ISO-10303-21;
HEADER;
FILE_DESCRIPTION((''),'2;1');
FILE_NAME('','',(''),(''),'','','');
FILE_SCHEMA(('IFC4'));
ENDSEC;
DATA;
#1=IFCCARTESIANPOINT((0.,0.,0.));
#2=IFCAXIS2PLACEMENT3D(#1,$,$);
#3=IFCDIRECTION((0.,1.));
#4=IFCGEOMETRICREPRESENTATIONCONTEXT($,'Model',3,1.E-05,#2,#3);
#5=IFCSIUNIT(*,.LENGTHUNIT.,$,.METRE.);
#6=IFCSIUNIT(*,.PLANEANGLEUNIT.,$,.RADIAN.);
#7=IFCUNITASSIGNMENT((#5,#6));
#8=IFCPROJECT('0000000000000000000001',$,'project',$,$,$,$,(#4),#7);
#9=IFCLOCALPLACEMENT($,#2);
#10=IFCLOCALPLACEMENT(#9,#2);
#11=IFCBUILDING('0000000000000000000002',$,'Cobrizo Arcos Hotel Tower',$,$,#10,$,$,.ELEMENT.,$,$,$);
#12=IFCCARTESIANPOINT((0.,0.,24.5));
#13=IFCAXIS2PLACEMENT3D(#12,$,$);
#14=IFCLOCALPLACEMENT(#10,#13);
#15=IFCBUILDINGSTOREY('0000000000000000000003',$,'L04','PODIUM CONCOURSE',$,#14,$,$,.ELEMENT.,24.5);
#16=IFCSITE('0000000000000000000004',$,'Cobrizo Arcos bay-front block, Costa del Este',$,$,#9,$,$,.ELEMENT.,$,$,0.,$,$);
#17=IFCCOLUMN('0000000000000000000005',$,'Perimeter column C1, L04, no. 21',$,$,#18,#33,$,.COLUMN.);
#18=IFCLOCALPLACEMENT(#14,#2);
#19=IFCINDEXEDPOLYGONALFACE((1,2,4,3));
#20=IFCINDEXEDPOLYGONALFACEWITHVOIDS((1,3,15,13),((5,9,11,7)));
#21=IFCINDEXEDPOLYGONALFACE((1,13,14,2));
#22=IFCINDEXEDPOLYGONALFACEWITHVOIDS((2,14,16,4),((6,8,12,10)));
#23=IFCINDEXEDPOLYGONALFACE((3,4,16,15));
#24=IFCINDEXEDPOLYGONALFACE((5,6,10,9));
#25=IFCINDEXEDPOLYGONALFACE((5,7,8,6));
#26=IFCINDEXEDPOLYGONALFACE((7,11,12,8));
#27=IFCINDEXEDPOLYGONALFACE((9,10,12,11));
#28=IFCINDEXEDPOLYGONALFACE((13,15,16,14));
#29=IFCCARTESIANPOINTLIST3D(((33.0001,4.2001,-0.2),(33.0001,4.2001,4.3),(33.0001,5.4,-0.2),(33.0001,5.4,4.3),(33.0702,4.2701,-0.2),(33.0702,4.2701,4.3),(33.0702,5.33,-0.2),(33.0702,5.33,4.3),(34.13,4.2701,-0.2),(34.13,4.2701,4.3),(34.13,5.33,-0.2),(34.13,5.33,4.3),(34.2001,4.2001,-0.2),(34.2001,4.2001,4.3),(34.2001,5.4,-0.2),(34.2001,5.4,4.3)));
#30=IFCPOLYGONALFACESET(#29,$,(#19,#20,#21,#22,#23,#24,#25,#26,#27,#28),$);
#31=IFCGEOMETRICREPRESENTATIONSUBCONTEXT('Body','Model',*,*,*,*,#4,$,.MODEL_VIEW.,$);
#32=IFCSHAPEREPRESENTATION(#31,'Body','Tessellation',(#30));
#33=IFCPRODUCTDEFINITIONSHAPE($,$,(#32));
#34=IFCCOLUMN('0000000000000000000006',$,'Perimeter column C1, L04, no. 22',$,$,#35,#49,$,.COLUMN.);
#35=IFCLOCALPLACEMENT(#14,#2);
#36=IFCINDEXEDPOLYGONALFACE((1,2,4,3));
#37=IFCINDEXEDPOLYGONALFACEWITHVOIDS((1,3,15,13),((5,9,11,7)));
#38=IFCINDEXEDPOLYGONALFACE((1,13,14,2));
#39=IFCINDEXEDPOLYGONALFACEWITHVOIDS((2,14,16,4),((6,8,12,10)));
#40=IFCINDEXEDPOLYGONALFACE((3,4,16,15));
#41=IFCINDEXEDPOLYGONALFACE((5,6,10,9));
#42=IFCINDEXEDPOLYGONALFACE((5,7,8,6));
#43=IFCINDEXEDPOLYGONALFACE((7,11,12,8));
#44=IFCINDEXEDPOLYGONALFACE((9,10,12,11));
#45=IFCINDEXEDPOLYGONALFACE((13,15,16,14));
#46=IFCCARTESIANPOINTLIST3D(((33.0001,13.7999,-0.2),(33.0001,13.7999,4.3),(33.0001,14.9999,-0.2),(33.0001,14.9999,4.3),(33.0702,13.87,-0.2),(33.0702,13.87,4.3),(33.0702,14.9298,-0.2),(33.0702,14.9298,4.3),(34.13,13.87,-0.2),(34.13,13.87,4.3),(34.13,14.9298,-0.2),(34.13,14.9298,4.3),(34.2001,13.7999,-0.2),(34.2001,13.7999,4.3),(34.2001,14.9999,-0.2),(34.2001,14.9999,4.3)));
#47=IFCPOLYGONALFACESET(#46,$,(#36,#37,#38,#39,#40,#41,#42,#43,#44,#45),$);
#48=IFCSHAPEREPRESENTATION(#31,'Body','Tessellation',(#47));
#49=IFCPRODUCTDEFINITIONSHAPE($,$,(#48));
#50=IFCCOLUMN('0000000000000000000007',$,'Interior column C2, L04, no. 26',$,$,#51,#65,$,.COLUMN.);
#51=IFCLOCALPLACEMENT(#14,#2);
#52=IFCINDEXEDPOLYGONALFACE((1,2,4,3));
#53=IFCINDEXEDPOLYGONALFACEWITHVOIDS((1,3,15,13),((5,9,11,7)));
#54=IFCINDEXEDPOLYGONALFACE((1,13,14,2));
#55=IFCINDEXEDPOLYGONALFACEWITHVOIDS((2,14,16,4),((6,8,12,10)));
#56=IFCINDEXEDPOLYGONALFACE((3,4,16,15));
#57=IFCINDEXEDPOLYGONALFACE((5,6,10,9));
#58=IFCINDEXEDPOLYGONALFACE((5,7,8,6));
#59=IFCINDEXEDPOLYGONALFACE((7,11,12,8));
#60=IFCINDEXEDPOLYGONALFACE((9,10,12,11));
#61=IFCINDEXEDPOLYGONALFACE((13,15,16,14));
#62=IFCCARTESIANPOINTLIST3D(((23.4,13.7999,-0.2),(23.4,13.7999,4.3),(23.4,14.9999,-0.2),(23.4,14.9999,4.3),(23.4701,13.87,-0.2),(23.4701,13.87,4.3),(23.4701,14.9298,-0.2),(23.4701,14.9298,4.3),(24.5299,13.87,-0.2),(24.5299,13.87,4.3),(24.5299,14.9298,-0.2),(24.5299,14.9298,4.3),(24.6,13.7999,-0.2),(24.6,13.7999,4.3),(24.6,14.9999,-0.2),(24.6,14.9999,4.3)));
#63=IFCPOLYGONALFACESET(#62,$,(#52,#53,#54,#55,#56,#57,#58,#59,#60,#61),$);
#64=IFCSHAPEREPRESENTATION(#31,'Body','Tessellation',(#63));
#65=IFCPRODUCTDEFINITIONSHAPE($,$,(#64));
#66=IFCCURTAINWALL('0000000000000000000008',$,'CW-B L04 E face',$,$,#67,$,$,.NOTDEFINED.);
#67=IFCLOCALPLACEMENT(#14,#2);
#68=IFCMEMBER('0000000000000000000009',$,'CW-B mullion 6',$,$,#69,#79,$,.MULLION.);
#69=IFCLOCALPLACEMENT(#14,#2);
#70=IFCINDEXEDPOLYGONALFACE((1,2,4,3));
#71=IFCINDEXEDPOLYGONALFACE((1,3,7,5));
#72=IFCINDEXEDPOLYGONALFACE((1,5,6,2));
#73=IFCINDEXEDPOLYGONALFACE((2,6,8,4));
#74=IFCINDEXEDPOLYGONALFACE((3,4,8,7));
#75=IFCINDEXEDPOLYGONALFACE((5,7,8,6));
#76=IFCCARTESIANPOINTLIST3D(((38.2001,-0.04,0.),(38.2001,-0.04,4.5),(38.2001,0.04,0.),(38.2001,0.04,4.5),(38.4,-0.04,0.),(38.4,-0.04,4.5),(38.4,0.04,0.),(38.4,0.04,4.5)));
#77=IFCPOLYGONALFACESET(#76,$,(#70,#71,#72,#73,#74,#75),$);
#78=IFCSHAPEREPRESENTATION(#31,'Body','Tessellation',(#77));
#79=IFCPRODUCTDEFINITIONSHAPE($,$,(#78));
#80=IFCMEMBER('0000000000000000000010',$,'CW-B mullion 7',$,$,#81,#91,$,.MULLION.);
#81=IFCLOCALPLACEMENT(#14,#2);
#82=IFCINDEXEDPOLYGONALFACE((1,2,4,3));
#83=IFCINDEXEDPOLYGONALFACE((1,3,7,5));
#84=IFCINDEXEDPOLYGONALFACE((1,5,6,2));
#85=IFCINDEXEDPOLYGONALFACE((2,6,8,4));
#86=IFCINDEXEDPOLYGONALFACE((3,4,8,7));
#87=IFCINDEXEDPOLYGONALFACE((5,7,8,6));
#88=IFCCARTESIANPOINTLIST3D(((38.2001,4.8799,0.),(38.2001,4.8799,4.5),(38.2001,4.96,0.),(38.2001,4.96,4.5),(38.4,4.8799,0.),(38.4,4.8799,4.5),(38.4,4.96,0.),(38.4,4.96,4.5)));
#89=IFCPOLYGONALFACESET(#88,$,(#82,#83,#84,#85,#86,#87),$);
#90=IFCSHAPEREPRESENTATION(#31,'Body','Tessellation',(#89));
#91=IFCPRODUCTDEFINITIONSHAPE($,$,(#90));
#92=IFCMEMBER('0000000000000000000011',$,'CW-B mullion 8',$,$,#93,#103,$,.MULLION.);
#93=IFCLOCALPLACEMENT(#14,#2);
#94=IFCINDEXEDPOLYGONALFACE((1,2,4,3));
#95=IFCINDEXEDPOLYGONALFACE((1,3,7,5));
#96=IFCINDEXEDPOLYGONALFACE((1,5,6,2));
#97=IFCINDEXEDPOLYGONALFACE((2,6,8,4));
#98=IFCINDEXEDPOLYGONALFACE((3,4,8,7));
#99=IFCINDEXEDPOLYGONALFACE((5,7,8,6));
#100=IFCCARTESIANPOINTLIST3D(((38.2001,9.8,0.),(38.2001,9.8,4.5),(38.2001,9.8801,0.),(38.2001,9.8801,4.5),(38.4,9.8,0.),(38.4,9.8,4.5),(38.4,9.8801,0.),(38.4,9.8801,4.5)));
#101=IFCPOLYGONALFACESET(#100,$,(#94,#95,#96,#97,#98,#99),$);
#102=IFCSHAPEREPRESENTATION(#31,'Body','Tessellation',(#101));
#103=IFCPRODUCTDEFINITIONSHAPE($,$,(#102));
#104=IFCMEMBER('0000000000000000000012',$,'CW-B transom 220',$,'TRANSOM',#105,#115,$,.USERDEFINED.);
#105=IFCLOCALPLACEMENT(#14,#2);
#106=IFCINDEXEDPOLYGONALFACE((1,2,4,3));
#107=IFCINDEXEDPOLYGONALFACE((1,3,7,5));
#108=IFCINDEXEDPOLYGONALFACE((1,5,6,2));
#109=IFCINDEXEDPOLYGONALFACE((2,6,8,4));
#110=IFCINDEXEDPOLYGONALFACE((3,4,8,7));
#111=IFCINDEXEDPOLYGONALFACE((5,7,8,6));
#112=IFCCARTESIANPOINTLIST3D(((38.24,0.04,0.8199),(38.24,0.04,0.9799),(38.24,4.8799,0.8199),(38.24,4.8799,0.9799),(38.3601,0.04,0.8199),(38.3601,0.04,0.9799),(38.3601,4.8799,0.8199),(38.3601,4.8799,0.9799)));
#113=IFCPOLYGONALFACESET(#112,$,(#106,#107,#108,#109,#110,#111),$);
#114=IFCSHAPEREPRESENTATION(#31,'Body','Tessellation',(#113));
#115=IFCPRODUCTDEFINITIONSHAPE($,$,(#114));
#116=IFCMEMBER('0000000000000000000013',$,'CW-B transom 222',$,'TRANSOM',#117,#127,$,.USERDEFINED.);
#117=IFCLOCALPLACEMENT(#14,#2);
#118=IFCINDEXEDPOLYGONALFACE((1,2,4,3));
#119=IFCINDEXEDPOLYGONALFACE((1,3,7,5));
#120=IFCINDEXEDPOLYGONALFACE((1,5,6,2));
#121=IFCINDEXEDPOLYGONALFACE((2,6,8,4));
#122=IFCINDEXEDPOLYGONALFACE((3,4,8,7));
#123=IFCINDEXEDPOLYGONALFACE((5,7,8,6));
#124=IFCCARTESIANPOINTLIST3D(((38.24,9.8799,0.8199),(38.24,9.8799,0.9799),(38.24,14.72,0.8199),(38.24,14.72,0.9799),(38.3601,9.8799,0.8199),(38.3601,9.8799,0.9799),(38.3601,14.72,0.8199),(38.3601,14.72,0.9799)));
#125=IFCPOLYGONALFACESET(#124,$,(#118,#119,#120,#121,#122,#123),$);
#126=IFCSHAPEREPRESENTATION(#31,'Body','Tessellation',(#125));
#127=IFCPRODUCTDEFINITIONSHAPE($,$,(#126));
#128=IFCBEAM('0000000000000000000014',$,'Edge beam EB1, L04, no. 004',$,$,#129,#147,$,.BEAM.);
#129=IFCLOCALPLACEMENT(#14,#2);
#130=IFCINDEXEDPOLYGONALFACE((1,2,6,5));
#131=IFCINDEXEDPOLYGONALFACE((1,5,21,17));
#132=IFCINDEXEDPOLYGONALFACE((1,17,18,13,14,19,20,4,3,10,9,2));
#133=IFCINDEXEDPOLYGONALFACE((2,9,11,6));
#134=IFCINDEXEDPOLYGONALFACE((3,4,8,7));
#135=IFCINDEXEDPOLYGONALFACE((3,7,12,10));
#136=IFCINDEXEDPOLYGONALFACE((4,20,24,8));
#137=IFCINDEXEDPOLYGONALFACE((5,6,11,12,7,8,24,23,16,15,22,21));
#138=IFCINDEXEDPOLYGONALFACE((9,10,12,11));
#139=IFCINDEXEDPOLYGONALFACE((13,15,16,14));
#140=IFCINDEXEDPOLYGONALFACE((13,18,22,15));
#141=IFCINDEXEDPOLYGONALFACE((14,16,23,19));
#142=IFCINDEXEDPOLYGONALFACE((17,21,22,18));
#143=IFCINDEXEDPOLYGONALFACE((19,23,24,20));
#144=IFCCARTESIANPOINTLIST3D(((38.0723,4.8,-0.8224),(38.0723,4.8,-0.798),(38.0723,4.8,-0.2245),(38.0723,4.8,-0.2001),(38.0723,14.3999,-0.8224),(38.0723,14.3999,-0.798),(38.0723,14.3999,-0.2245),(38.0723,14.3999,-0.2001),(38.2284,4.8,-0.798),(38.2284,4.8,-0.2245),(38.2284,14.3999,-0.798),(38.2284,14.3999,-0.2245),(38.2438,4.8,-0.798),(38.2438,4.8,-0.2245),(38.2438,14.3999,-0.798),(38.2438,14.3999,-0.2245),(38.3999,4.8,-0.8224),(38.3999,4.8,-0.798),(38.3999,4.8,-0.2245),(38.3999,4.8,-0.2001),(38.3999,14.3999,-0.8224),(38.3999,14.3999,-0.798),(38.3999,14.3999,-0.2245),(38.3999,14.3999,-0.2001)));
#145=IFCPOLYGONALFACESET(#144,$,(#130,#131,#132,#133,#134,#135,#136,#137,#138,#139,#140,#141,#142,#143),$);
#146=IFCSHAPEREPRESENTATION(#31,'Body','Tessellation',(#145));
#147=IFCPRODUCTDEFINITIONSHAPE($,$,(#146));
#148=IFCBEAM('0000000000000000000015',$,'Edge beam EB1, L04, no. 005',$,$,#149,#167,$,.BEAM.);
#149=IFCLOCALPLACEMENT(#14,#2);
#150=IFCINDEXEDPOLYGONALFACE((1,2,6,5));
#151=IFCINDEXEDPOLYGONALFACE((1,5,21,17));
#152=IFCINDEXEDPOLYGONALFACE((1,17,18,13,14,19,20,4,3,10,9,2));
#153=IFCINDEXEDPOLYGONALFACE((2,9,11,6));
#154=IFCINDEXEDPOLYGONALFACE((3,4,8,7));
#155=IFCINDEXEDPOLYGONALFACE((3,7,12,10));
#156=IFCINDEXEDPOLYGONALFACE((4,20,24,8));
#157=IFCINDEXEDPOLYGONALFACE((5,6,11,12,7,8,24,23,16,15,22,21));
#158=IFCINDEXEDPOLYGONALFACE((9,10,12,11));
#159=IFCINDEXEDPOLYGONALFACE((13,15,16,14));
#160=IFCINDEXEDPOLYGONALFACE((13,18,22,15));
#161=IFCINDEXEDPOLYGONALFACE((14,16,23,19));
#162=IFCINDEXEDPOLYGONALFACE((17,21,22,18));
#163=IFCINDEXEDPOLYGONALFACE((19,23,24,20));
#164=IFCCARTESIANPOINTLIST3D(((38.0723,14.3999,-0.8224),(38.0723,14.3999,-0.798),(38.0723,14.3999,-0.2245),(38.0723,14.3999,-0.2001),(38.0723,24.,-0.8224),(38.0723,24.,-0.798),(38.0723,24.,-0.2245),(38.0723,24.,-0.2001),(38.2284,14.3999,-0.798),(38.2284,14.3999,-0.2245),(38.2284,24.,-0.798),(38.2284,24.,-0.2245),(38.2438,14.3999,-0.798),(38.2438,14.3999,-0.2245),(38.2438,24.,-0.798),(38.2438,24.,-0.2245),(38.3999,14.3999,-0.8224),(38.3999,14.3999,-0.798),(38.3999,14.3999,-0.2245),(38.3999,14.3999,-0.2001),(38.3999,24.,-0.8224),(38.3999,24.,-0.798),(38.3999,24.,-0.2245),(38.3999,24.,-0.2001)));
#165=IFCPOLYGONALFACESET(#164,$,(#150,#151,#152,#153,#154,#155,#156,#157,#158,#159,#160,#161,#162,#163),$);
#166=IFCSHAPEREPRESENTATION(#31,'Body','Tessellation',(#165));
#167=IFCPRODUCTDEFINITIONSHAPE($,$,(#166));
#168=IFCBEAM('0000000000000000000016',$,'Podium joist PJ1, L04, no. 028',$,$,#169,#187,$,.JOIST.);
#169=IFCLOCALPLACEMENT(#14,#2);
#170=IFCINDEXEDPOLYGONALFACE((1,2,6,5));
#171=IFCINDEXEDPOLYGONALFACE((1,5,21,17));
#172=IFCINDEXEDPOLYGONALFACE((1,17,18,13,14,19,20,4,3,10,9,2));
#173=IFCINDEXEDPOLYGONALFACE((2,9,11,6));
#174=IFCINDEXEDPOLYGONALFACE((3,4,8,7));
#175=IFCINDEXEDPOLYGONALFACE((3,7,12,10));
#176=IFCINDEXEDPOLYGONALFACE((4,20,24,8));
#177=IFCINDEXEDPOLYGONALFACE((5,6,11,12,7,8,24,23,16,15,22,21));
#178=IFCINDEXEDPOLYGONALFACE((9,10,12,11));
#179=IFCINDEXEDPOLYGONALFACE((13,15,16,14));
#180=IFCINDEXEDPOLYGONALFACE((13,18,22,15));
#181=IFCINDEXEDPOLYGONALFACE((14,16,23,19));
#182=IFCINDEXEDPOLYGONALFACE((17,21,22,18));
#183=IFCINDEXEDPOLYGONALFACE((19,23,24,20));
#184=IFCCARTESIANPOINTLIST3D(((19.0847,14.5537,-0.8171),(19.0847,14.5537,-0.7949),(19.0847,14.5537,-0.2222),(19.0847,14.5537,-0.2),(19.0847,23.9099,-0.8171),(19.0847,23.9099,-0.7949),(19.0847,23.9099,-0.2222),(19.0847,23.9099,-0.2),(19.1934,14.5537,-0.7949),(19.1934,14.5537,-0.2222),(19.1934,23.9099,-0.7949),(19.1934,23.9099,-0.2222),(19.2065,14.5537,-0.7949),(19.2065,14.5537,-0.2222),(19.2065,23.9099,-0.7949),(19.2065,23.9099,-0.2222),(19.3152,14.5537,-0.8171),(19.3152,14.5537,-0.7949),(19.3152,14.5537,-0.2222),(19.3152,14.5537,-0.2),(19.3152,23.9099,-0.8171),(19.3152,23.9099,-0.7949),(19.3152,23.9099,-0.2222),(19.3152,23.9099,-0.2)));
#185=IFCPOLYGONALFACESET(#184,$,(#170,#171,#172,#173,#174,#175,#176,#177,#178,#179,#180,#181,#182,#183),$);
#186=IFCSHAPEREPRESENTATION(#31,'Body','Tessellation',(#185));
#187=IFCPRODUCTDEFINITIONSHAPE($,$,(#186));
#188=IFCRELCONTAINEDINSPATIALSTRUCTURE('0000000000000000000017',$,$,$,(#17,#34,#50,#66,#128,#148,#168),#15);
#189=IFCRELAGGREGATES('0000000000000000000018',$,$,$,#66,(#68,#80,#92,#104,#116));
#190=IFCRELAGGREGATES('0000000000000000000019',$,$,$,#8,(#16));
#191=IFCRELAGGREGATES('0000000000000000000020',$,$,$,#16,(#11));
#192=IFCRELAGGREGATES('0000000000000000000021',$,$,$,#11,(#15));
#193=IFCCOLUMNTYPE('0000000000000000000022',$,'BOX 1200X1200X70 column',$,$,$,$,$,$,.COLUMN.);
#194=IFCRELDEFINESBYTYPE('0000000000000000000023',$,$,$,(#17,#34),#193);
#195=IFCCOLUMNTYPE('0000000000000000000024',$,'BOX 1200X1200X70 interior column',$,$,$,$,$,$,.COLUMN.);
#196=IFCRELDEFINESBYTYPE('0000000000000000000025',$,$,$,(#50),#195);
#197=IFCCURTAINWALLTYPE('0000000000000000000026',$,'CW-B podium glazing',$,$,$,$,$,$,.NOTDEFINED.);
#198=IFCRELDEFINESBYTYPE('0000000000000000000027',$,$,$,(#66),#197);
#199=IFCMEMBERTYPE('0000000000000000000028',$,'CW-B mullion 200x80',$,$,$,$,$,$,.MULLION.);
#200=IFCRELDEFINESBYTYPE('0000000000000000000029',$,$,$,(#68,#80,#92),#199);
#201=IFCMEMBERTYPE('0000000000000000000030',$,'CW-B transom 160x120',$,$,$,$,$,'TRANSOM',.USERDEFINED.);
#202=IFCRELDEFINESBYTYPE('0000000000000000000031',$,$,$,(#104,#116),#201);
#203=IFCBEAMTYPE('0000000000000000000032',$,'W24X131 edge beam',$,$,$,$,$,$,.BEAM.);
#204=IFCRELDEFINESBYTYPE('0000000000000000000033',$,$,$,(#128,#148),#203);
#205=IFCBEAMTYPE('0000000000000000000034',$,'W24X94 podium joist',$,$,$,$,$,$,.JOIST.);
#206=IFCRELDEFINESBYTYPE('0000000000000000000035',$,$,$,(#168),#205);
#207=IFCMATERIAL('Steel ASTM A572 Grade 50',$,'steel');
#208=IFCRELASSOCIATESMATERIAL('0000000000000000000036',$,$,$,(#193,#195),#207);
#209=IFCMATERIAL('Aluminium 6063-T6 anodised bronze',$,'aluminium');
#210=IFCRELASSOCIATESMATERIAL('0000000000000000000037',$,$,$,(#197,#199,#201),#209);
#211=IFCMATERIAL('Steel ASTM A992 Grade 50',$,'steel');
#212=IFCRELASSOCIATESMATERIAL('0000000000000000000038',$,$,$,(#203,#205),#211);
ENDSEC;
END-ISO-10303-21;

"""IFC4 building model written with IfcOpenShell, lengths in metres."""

from ifc_helpers import new_model, si_unit, direction, frame, origin, origin_2d, place, context, subcontext, project, spatial, rectangle, hollow_rectangle, i_section, extrude, material, material_profile, profile_set, type_object, element, aggregate, save


model = new_model("IFC4")

# Units and contexts
model_context = context("Model", 3, precision=1e-05, world=origin(), true_north=direction((0.0, 1.0)))
body_context = subcontext(model_context, "Body", "Model", "MODEL_VIEW")
ifc_project = project(units=[si_unit("LENGTHUNIT", "METRE"), si_unit("PLANEANGLEUNIT", "RADIAN")], contexts=[model_context])

# Site, building, storey
site_placement = place(None, origin())
site = spatial("IfcSite", under=ifc_project, at=site_placement, Name="Cobrizo Arcos bay-front block, Costa del Este", CompositionType="ELEMENT", RefElevation=0.0)
building_placement = place(site_placement, origin())
building = spatial("IfcBuilding", under=site, at=building_placement, Name="Cobrizo Arcos Hotel Tower", CompositionType="ELEMENT")
storey_placement = place(building_placement, frame((0.0, 0.0, 24.5)))
storey = spatial("IfcBuildingStorey", under=building, at=storey_placement, Name="L04", Description="PODIUM CONCOURSE", CompositionType="ELEMENT", Elevation=24.5)

# Columns
ifc_material_1 = material(Name="Steel ASTM A572 Grade 50", Category="steel")
ifc_material_profile_1 = material_profile(ifc_material_1, hollow_rectangle(XDim=1.2, YDim=1.2, WallThickness=0.0701, at=origin_2d()), Name="BOX 1200X1200X70")
ifc_profile_set_1 = profile_set([ifc_material_profile_1], Name="Steel ASTM A572 Grade 50")
column_type_1 = type_object("IfcColumnType", Name="BOX 1200X1200X70 column", PredefinedType="COLUMN", material=ifc_profile_set_1)
for number, where, z_axis, x_axis, name in (
    (1, (33.6001, 4.8, -0.2), (0.0, 0.0, 1.0), (1.0, 0.0, 0.0), "Perimeter column C1, L04, no. 21"),
    (2, (33.6001, 14.3999, -0.2), (0.0, 0.0, 1.0), (1.0, 0.0, 0.0), "Perimeter column C1, L04, no. 22"),
):
    element("IfcColumn", number, at=place(storey_placement, frame(where, z_axis=z_axis, x_axis=x_axis)), inside=storey, type_object=column_type_1, Name=name, PredefinedType="COLUMN", context=body_context, shape_type="SweptSolid", body=[
        extrude(hollow_rectangle(XDim=1.2, YDim=1.2, WallThickness=0.0701, at=origin_2d()), origin(), (0.0, 0.0, 1.0), 4.5),
    ])
ifc_material_profile_2 = material_profile(ifc_material_1, hollow_rectangle(XDim=1.2, YDim=1.2, WallThickness=0.0701, at=origin_2d()), Name="BOX 1200X1200X70")
ifc_profile_set_2 = profile_set([ifc_material_profile_2], Name="Steel ASTM A572 Grade 50")
column_type_2 = type_object("IfcColumnType", Name="BOX 1200X1200X70 interior column", PredefinedType="COLUMN", material=ifc_profile_set_2)
column_placement = place(storey_placement, frame((24.0, 14.3999, -0.2), z_axis=(0.0, 0.0, 1.0), x_axis=(1.0, 0.0, 0.0)))
element("IfcColumn", 3, at=column_placement, inside=storey, type_object=column_type_2, Name="Interior column C2, L04, no. 26", PredefinedType="COLUMN", context=body_context, shape_type="SweptSolid", body=[
    extrude(hollow_rectangle(XDim=1.2, YDim=1.2, WallThickness=0.0701, at=origin_2d()), origin(), (0.0, 0.0, 1.0), 4.5),
])

# Curtain wall, members
ifc_material_2 = material(Name="Aluminium 6063-T6 anodised bronze", Category="aluminium")
curtain_wall_type = type_object("IfcCurtainWallType", Name="CW-B podium glazing", PredefinedType="NOTDEFINED", material=ifc_material_2)
curtain_wall_placement = place(storey_placement, origin())
curtain_wall = element("IfcCurtainWall", 4, at=curtain_wall_placement, inside=storey, type_object=curtain_wall_type, Name="CW-B L04 E face", PredefinedType="NOTDEFINED")
ifc_material_profile_3 = material_profile(ifc_material_2, rectangle(XDim=0.2, YDim=0.0801, at=origin_2d()), Name="CW-B mullion 200x80")
ifc_profile_set_3 = profile_set([ifc_material_profile_3], Name="Aluminium 6063-T6 anodised bronze")
member_type_1 = type_object("IfcMemberType", Name="CW-B mullion 200x80", PredefinedType="MULLION", material=ifc_profile_set_3)
member_1_placement = place(storey_placement, frame((38.3, 0.0, 0.0), z_axis=(0.0, 0.0, 1.0), x_axis=(1.0, 0.0, 0.0)))
member_1 = element("IfcMember", 5, at=member_1_placement, type_object=member_type_1, Name="CW-B mullion 6", PredefinedType="MULLION", context=body_context, shape_type="SweptSolid", body=[
    extrude(rectangle(XDim=0.2, YDim=0.0801, at=origin_2d()), origin(), (0.0, 0.0, 1.0), 4.5),
])
member_2_placement = place(storey_placement, frame((38.3, 4.9199, 0.0), z_axis=(0.0, 0.0, 1.0), x_axis=(1.0, 0.0, 0.0)))
member_2 = element("IfcMember", 6, at=member_2_placement, type_object=member_type_1, Name="CW-B mullion 7", PredefinedType="MULLION", context=body_context, shape_type="SweptSolid", body=[
    extrude(rectangle(XDim=0.2, YDim=0.0801, at=origin_2d()), origin(), (0.0, 0.0, 1.0), 4.5),
])
member_3_placement = place(storey_placement, frame((38.3, 9.8401, 0.0), z_axis=(0.0, 0.0, 1.0), x_axis=(1.0, 0.0, 0.0)))
member_3 = element("IfcMember", 7, at=member_3_placement, type_object=member_type_1, Name="CW-B mullion 8", PredefinedType="MULLION", context=body_context, shape_type="SweptSolid", body=[
    extrude(rectangle(XDim=0.2, YDim=0.0801, at=origin_2d()), origin(), (0.0, 0.0, 1.0), 4.5),
])
ifc_material_profile_4 = material_profile(ifc_material_2, rectangle(XDim=0.1201, YDim=0.1599, at=origin_2d()), Name="CW-B transom 160x120")
ifc_profile_set_4 = profile_set([ifc_material_profile_4], Name="Aluminium 6063-T6 anodised bronze")
member_type_2 = type_object("IfcMemberType", Name="CW-B transom 160x120", ElementType="TRANSOM", PredefinedType="USERDEFINED", material=ifc_profile_set_4)
member_4_placement = place(storey_placement, frame((38.3, 0.04, 0.8999), z_axis=(0.0, 1.0, 0.0), x_axis=(-1.0, 0.0, 0.0)))
member_4 = element("IfcMember", 8, at=member_4_placement, type_object=member_type_2, Name="CW-B transom 220", ObjectType="TRANSOM", PredefinedType="USERDEFINED", context=body_context, shape_type="SweptSolid", body=[
    extrude(rectangle(XDim=0.1201, YDim=0.1599, at=origin_2d()), origin(), (0.0, 0.0, 1.0), 4.8398),
])
member_5_placement = place(storey_placement, frame((38.3, 9.8799, 0.8999), z_axis=(0.0, 1.0, 0.0), x_axis=(-1.0, 0.0, 0.0)))
member_5 = element("IfcMember", 9, at=member_5_placement, type_object=member_type_2, Name="CW-B transom 222", ObjectType="TRANSOM", PredefinedType="USERDEFINED", context=body_context, shape_type="SweptSolid", body=[
    extrude(rectangle(XDim=0.1201, YDim=0.1599, at=origin_2d()), origin(), (0.0, 0.0, 1.0), 4.8401),
])

# Beams
ifc_material_3 = material(Name="Steel ASTM A992 Grade 50", Category="steel")
ifc_material_profile_5 = material_profile(ifc_material_3, i_section(OverallWidth=0.3276, OverallDepth=0.6223, WebThickness=0.0154, FlangeThickness=0.0244, at=origin_2d()), Name="W24X131")
ifc_profile_set_5 = profile_set([ifc_material_profile_5], Name="Steel ASTM A992 Grade 50")
beam_type_1 = type_object("IfcBeamType", Name="W24X131 edge beam", PredefinedType="BEAM", material=ifc_profile_set_5)
beam_1_placement = place(storey_placement, frame((38.2361, 4.8, -0.5112), z_axis=(0.0, 1.0, 0.0), x_axis=(-1.0, 0.0, 0.0)))
element("IfcBeam", 10, at=beam_1_placement, inside=storey, type_object=beam_type_1, Name="Edge beam EB1, L04, no. 004", PredefinedType="BEAM", context=body_context, shape_type="SweptSolid", body=[
    extrude(i_section(OverallWidth=0.3276, OverallDepth=0.6223, WebThickness=0.0154, FlangeThickness=0.0244, at=origin_2d()), origin(), (0.0, 0.0, 1.0), 9.5999),
])
beam_2_placement = place(storey_placement, frame((38.2361, 14.3999, -0.5112), z_axis=(0.0, 1.0, 0.0), x_axis=(-1.0, 0.0, 0.0)))
element("IfcBeam", 11, at=beam_2_placement, inside=storey, type_object=beam_type_1, Name="Edge beam EB1, L04, no. 005", PredefinedType="BEAM", context=body_context, shape_type="SweptSolid", body=[
    extrude(i_section(OverallWidth=0.3276, OverallDepth=0.6223, WebThickness=0.0154, FlangeThickness=0.0244, at=origin_2d()), origin(), (0.0, 0.0, 1.0), 9.6001),
])
ifc_material_profile_6 = material_profile(ifc_material_3, i_section(OverallWidth=0.2305, OverallDepth=0.6172, WebThickness=0.0132, FlangeThickness=0.0222, at=origin_2d()), Name="W24X94")
ifc_profile_set_6 = profile_set([ifc_material_profile_6], Name="Steel ASTM A992 Grade 50")
beam_type_2 = type_object("IfcBeamType", Name="W24X94 podium joist", PredefinedType="JOIST", material=ifc_profile_set_6)
beam_3_placement = place(storey_placement, frame((19.2, 14.5537, -0.5085), z_axis=(0.0, 1.0, 0.0), x_axis=(-1.0, 0.0, 0.0)))
element("IfcBeam", 12, at=beam_3_placement, inside=storey, type_object=beam_type_2, Name="Podium joist PJ1, L04, no. 028", PredefinedType="JOIST", context=body_context, shape_type="SweptSolid", body=[
    extrude(i_section(OverallWidth=0.2305, OverallDepth=0.6172, WebThickness=0.0132, FlangeThickness=0.0222, at=origin_2d()), origin(), (0.0, 0.0, 1.0), 9.3562),
])

aggregate(curtain_wall, [member_1, member_2, member_3, member_4, member_5])

save(model, "model.ifc")
